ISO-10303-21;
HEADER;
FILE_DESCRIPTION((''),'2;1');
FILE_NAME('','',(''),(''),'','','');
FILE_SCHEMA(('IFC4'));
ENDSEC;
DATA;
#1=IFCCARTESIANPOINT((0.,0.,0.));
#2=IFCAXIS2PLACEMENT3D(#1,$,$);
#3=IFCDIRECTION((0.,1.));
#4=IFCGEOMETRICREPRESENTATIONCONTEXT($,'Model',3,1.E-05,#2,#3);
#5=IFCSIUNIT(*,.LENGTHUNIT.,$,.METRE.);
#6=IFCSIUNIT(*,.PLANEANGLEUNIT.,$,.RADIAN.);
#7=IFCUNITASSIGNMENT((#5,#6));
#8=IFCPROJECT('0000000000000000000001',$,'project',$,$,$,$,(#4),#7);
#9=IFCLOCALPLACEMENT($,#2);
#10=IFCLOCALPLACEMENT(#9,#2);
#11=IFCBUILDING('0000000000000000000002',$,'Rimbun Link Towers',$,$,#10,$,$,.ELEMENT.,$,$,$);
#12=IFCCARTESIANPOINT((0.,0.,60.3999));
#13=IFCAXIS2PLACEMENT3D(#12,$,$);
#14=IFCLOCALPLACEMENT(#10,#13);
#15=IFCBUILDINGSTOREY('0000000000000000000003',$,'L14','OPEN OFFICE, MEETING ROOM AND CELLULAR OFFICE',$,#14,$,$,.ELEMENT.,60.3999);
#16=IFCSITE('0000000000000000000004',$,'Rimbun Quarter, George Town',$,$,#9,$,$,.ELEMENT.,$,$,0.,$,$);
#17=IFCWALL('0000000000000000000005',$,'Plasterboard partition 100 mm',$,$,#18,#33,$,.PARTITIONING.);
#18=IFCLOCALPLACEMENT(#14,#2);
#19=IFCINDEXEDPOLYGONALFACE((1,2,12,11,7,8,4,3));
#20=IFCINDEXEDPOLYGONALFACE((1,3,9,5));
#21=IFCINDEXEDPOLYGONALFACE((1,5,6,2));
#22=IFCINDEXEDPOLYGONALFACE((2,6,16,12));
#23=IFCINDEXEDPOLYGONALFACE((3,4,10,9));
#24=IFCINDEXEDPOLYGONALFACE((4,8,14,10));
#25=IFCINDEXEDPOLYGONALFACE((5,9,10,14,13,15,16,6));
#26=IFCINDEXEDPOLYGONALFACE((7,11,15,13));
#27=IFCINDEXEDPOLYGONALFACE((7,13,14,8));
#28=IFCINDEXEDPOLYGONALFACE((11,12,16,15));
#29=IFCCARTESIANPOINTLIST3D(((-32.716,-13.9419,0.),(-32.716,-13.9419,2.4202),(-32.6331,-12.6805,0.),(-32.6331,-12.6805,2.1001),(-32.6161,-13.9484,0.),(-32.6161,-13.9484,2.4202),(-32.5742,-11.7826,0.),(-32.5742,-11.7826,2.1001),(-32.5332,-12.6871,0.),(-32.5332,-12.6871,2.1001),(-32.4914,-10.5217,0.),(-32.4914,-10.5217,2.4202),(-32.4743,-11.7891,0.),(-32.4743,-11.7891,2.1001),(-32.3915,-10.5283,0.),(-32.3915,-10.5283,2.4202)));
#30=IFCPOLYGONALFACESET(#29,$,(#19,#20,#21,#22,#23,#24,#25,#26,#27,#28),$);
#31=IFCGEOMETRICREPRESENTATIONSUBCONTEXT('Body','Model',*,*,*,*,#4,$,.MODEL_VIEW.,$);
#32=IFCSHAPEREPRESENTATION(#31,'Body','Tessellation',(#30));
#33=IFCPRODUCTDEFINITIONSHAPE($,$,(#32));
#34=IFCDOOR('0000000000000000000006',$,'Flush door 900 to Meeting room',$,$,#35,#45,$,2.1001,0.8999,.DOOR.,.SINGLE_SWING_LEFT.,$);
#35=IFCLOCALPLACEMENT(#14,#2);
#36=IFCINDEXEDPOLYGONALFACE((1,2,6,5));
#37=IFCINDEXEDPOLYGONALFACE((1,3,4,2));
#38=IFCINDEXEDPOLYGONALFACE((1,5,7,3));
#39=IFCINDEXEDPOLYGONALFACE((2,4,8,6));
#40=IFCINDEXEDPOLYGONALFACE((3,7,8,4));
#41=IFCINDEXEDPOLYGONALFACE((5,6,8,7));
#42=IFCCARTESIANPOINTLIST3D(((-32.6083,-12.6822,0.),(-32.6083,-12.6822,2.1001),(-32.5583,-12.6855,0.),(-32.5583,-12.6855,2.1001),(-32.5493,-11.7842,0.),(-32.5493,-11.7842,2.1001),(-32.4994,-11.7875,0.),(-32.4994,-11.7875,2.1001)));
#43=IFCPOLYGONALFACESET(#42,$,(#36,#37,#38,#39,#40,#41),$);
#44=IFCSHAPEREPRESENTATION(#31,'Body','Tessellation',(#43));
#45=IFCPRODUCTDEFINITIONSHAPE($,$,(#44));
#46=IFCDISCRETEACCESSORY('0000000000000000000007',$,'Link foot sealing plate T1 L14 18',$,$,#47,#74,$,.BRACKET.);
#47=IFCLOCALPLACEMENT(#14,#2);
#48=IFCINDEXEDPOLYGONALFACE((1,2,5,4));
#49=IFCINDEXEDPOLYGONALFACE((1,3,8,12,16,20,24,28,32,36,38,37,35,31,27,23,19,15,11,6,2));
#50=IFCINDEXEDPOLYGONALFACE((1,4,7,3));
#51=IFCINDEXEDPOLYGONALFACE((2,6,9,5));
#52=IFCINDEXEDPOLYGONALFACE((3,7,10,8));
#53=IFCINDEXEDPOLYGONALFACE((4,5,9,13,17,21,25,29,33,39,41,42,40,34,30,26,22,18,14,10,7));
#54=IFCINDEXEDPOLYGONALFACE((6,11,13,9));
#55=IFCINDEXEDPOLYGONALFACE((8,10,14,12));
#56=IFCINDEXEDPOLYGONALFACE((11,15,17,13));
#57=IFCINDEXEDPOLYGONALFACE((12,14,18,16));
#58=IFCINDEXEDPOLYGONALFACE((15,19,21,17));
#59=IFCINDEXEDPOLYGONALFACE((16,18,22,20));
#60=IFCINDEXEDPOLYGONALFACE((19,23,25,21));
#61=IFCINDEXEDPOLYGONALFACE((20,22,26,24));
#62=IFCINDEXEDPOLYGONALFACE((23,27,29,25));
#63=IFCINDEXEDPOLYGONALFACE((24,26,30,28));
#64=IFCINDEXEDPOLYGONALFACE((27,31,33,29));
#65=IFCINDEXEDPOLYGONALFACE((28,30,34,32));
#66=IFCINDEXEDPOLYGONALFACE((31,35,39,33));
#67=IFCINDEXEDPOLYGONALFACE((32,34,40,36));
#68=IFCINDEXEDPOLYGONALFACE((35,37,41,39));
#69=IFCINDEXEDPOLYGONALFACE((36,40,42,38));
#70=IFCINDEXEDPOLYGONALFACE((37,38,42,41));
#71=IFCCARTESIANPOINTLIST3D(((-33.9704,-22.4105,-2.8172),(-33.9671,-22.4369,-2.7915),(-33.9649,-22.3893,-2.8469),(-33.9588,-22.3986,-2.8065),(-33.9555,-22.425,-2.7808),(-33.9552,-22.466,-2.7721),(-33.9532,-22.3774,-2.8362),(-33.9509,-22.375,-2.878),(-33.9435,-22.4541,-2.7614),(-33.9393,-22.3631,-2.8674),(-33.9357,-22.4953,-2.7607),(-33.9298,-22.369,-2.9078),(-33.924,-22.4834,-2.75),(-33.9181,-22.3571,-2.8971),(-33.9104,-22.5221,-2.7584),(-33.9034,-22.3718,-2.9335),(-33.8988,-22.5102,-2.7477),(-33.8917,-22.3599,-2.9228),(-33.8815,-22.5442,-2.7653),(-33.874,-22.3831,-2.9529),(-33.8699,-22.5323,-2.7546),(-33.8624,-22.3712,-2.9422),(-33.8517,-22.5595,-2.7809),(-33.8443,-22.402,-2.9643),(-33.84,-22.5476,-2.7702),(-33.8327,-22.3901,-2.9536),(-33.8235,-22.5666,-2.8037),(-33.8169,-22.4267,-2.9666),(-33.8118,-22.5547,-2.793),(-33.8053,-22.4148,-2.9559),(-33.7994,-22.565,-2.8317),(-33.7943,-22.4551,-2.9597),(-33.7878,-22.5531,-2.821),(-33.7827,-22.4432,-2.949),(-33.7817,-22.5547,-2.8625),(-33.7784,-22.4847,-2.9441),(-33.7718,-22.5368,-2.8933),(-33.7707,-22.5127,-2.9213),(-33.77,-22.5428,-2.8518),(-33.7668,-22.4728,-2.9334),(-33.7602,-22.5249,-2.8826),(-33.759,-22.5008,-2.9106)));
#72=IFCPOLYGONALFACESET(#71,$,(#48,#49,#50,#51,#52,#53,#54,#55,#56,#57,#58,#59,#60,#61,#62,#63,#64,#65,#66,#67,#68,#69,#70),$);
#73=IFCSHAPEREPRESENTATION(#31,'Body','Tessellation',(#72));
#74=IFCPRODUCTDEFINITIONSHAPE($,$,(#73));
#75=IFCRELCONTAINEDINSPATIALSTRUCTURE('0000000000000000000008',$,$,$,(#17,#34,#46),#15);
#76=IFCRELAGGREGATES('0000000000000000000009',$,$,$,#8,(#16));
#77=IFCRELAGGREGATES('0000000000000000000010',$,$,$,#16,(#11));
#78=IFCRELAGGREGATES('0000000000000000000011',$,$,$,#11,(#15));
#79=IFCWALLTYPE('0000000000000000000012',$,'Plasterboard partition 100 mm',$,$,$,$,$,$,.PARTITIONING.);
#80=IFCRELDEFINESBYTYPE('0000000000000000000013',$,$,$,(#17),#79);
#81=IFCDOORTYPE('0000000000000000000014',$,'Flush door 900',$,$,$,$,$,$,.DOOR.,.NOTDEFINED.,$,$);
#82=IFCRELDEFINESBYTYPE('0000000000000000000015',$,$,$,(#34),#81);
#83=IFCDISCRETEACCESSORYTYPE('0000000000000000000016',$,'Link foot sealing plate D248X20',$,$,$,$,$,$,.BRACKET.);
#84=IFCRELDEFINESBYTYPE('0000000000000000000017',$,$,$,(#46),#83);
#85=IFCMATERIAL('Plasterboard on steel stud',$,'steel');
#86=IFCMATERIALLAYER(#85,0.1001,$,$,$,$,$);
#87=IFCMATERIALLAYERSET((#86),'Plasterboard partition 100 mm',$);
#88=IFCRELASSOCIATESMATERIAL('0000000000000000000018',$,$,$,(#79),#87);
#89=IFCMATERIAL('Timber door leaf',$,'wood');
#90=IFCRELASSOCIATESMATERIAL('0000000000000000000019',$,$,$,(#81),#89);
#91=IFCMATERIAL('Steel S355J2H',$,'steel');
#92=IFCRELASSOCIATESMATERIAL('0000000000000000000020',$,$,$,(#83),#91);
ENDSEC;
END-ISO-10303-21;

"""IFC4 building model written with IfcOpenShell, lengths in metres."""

from ifc_helpers import new_model, si_unit, direction, frame, frame_2d, origin, origin_2d, place, context, subcontext, project, spatial, rectangle, circle, extrude, material, layer, layer_set, material_profile, profile_set, type_object, element, fill, save


model = new_model("IFC4")

# Units and contexts
model_context = context("Model", 3, precision=1e-05, world=origin(), true_north=direction((0.0, 1.0)))
body_context = subcontext(model_context, "Body", "Model", "MODEL_VIEW")
ifc_project = project(units=[si_unit("LENGTHUNIT", "METRE"), si_unit("PLANEANGLEUNIT", "RADIAN")], contexts=[model_context])

# Site, building, storey
site_placement = place(None, origin())
site = spatial("IfcSite", under=ifc_project, at=site_placement, Name="Rimbun Quarter, George Town", CompositionType="ELEMENT", RefElevation=0.0)
building_placement = place(site_placement, origin())
building = spatial("IfcBuilding", under=site, at=building_placement, Name="Rimbun Link Towers", CompositionType="ELEMENT")
storey_placement = place(building_placement, frame((0.0, 0.0, 60.3999)))
storey = spatial("IfcBuildingStorey", under=building, at=storey_placement, Name="L14", Description="OPEN OFFICE, MEETING ROOM AND CELLULAR OFFICE", CompositionType="ELEMENT", Elevation=60.3999)

# Wall, opening, door
ifc_material_1 = material(Name="Plasterboard on steel stud", Category="steel")
ifc_layer_1 = layer(ifc_material_1, 0.1001)
ifc_layer_set_1 = layer_set([ifc_layer_1], Name="Plasterboard partition 100 mm")
wall_type = type_object("IfcWallType", Name="Plasterboard partition 100 mm", PredefinedType="PARTITIONING", material=ifc_layer_set_1)
wall_placement = place(storey_placement, frame((-32.4414, -10.5249, 0.0), z_axis=(0.0, 0.0, 1.0), x_axis=(-0.065531, -0.997851, 0.0)))
wall = element("IfcWall", 1, at=wall_placement, inside=storey, type_object=wall_type, Name="Plasterboard partition 100 mm", PredefinedType="PARTITIONING", context=body_context, shape_type="SweptSolid", body=[
    extrude(rectangle(XDim=3.4275, YDim=0.1001, at=frame_2d((1.7139, 0.0))), origin(), (0.0, 0.0, 1.0), 2.4202),
])
opening_placement = place(wall_placement, frame((1.2637, 0.0, 0.0)))
opening = element("IfcOpeningElement", 2, at=opening_placement, cuts=wall, PredefinedType="OPENING", context=body_context, shape_type="SweptSolid", body=[
    extrude(rectangle(XDim=0.8999, YDim=2.1001, at=frame_2d((0.45, 1.05))), frame((0.0, 0.0601, 0.0), z_axis=(0.0, -1.0, 0.0), x_axis=(1.0, 0.0, 0.0)), (0.0, 0.0, 1.0), 0.1201),
])
ifc_material_2 = material(Name="Timber door leaf", Category="wood")
door_type = type_object("IfcDoorType", Name="Flush door 900", OperationType="NOTDEFINED", PredefinedType="DOOR", material=ifc_material_2)
door_placement = place(opening_placement, origin())
door = element("IfcDoor", 3, at=door_placement, inside=storey, type_object=door_type, Name="Flush door 900 to Meeting room", OperationType="SINGLE_SWING_LEFT", OverallHeight=2.1001, OverallWidth=0.8999, PredefinedType="DOOR", context=body_context, shape_type="SweptSolid", body=[
    extrude(rectangle(XDim=0.8999, YDim=2.1001, at=frame_2d((0.45, 1.05))), frame((0.0, 0.0249, 0.0), z_axis=(0.0, -1.0, 0.0), x_axis=(1.0, 0.0, 0.0)), (0.0, 0.0, 1.0), 0.05),
])
fill(opening, door)

# Discrete accessory
ifc_material_3 = material(Name="Steel S355J2H", Category="steel")
ifc_material_profile_1 = material_profile(ifc_material_3, circle(Radius=0.124, at=origin_2d()), Name="PL D248")
ifc_profile_set_1 = profile_set([ifc_material_profile_1], Name="Steel S355J2H")
discrete_accessory_type = type_object("IfcDiscreteAccessoryType", Name="Link foot sealing plate D248X20", PredefinedType="BRACKET", material=ifc_profile_set_1)
discrete_accessory_placement = place(storey_placement, frame((-33.8586, -22.4561, -2.8518), z_axis=(-0.589012, -0.601284, -0.539928), x_axis=(0.714359, -0.69978, 0.0)))
element("IfcDiscreteAccessory", 4, at=discrete_accessory_placement, inside=storey, type_object=discrete_accessory_type, Name="Link foot sealing plate T1 L14 18", PredefinedType="BRACKET", context=body_context, shape_type="SweptSolid", body=[
    extrude(circle(Radius=0.124, at=origin_2d()), origin(), (0.0, 0.0, 1.0), 0.0198),
])

save(model, "model.ifc")
